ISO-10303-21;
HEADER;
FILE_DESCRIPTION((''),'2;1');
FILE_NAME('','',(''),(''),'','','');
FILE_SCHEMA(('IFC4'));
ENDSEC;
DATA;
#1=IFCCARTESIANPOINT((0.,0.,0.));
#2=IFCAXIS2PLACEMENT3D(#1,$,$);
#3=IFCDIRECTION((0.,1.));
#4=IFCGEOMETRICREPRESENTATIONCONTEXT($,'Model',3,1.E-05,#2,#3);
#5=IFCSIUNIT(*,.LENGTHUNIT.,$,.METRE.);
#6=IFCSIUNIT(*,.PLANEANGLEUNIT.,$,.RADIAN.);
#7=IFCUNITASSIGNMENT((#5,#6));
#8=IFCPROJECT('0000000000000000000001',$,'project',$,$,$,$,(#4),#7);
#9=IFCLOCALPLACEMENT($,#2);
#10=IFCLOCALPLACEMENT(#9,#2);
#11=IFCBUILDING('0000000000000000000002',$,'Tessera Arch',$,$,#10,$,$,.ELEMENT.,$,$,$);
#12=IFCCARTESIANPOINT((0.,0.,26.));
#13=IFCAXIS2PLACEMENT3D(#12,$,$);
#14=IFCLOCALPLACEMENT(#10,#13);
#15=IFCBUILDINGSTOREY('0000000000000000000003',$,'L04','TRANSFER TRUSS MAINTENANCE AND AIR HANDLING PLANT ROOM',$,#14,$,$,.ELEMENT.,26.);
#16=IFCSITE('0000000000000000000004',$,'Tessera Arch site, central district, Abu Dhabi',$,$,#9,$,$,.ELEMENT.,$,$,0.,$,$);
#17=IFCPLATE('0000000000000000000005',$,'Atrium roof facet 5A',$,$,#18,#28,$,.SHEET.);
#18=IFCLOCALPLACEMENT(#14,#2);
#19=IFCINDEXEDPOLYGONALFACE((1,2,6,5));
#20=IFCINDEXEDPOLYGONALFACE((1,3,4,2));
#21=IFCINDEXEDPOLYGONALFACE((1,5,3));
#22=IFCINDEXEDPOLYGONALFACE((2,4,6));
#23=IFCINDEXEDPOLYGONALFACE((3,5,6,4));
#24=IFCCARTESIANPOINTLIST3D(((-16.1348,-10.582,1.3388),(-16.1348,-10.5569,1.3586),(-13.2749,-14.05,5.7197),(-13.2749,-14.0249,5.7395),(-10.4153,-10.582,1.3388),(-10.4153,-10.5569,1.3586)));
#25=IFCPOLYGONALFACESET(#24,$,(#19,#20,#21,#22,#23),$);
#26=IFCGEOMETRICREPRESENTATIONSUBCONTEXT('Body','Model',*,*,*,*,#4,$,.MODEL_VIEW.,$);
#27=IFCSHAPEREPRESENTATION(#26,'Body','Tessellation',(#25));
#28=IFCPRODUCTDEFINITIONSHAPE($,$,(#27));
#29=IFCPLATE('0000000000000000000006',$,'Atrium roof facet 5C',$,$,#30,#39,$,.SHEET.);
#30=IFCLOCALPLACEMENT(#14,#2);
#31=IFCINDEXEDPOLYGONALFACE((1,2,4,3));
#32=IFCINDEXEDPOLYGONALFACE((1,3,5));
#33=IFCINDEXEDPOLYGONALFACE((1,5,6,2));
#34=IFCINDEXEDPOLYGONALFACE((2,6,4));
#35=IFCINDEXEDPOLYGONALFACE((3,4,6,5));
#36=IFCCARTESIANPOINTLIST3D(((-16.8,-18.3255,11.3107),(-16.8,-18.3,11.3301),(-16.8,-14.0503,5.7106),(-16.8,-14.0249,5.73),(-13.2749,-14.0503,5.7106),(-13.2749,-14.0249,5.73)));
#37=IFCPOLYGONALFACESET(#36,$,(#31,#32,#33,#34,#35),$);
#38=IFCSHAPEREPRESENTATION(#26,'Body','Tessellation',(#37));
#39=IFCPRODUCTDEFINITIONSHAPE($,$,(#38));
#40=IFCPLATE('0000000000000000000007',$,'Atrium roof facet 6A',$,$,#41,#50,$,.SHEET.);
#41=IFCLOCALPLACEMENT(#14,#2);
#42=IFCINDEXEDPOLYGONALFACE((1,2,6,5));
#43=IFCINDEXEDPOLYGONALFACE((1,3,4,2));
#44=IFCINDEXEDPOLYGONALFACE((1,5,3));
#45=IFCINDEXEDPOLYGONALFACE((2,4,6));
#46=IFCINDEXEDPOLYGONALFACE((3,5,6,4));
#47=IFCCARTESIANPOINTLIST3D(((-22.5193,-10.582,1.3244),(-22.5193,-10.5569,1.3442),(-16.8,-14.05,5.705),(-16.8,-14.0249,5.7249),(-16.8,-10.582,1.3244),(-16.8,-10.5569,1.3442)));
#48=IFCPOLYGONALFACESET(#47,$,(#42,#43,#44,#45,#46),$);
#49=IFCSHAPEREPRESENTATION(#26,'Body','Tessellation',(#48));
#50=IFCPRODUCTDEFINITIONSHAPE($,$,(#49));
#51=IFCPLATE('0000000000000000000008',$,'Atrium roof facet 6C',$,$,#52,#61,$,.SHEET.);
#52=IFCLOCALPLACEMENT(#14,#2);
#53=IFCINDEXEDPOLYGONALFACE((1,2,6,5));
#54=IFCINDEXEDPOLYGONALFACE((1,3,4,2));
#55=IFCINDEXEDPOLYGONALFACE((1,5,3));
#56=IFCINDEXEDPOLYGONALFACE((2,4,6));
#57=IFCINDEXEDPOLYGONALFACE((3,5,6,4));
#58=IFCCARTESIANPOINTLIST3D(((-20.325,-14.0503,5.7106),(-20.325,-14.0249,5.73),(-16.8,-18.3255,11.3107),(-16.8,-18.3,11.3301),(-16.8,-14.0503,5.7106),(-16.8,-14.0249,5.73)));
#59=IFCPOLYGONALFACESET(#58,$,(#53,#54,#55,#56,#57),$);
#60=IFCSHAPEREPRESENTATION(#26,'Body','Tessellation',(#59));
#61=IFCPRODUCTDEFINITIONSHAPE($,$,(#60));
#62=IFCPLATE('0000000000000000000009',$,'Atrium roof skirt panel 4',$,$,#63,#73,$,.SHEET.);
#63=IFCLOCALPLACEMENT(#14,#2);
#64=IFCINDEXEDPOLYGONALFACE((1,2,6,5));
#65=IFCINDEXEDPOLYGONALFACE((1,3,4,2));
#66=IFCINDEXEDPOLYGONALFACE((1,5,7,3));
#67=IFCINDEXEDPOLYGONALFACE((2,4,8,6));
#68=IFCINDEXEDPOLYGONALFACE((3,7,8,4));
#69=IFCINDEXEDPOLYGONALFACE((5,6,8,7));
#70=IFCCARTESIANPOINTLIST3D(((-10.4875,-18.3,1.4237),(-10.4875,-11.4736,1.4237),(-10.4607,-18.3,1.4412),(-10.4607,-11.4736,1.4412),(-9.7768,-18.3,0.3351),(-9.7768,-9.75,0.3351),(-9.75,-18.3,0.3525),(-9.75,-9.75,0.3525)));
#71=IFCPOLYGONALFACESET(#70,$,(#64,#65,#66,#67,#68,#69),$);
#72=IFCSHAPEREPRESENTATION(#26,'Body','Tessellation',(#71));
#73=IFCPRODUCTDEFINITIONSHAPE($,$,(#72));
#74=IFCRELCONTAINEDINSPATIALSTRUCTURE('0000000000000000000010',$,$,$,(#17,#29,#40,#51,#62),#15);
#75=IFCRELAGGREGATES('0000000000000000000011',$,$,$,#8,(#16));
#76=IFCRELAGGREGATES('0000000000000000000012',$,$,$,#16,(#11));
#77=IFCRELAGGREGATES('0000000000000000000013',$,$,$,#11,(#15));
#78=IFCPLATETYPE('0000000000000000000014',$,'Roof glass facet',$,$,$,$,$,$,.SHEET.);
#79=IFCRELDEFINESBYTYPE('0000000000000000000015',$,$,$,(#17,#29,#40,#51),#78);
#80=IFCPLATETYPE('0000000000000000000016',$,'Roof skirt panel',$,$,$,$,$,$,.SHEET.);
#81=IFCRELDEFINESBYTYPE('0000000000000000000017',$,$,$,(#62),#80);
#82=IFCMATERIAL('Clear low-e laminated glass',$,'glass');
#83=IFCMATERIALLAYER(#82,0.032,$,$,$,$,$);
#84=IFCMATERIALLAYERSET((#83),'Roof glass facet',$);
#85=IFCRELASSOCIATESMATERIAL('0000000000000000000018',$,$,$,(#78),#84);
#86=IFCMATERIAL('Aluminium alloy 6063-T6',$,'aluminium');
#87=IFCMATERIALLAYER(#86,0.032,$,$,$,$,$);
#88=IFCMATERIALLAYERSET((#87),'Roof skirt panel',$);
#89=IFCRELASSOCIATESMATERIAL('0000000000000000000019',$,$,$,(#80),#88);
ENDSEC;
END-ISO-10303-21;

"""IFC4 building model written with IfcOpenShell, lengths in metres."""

from ifc_helpers import new_model, si_unit, direction, frame, origin, place, context, subcontext, project, spatial, polyline, outline, extrude, material, layer, layer_set, type_object, element, save


model = new_model("IFC4")

# Units and contexts
model_context = context("Model", 3, precision=1e-05, world=origin(), true_north=direction((0.0, 1.0)))
body_context = subcontext(model_context, "Body", "Model", "MODEL_VIEW")
ifc_project = project(units=[si_unit("LENGTHUNIT", "METRE"), si_unit("PLANEANGLEUNIT", "RADIAN")], contexts=[model_context])

# Site, building, storey
site_placement = place(None, origin())
site = spatial("IfcSite", under=ifc_project, at=site_placement, Name="Tessera Arch site, central district, Abu Dhabi", CompositionType="ELEMENT", RefElevation=0.0)
building_placement = place(site_placement, origin())
building = spatial("IfcBuilding", under=site, at=building_placement, Name="Tessera Arch", CompositionType="ELEMENT")
storey_placement = place(building_placement, frame((0.0, 0.0, 26.0)))
storey = spatial("IfcBuildingStorey", under=building, at=storey_placement, Name="L04", Description="TRANSFER TRUSS MAINTENANCE AND AIR HANDLING PLANT ROOM", CompositionType="ELEMENT", Elevation=26.0)

# Plates
ifc_material_1 = material(Name="Clear low-e laminated glass", Category="glass")
ifc_layer_1 = layer(ifc_material_1, 0.032)
ifc_layer_set_1 = layer_set([ifc_layer_1], Name="Roof glass facet")
plate_type_1 = type_object("IfcPlateType", Name="Roof glass facet", PredefinedType="SHEET", material=ifc_layer_set_1)
plate_1_placement = place(storey_placement, frame((-10.4153, -10.5569, 1.3586), z_axis=(0.0, 0.78406, 0.620685), x_axis=(-1.0, 0.0, 0.0)))
element("IfcPlate", 1, at=plate_1_placement, inside=storey, type_object=plate_type_1, Name="Atrium roof facet 5A", PredefinedType="SHEET", context=body_context, shape_type="SweptSolid", body=[
    extrude(outline(polyline([(0.0, 0.0), (5.7195, 0.0), (2.8596, 5.5874), (0.0, 0.0)])), origin(), (0.0, 0.0, -1.0), 0.032),
])
plate_2_placement = place(storey_placement, frame((-13.2749, -14.0249, 5.73), z_axis=(0.0, 0.794856, 0.606798), x_axis=(-1.0, 0.0, 0.0)))
element("IfcPlate", 2, at=plate_2_placement, inside=storey, type_object=plate_type_1, Name="Atrium roof facet 5C", PredefinedType="SHEET", context=body_context, shape_type="SweptSolid", body=[
    extrude(outline(polyline([(0.0, 0.0), (3.5251, 0.0), (3.5251, 7.0454), (0.0, 0.0)])), origin(), (0.0, 0.0, -1.0), 0.032),
])
plate_3_placement = place(storey_placement, frame((-16.8, -10.5569, 1.3442), z_axis=(0.0, 0.784043, 0.620706), x_axis=(-1.0, 0.0, 0.0)))
element("IfcPlate", 3, at=plate_3_placement, inside=storey, type_object=plate_type_1, Name="Atrium roof facet 6A", PredefinedType="SHEET", context=body_context, shape_type="SweptSolid", body=[
    extrude(outline(polyline([(0.0, 0.0), (5.7192, 0.0), (0.0, 5.5872), (0.0, 0.0)])), origin(), (0.0, 0.0, -1.0), 0.032),
])
plate_4_placement = place(storey_placement, frame((-16.8, -14.0249, 5.73), z_axis=(0.0, 0.794856, 0.606798), x_axis=(-1.0, 0.0, 0.0)))
element("IfcPlate", 4, at=plate_4_placement, inside=storey, type_object=plate_type_1, Name="Atrium roof facet 6C", PredefinedType="SHEET", context=body_context, shape_type="SweptSolid", body=[
    extrude(outline(polyline([(0.0, 0.0), (3.5249, 0.0), (0.0, 7.0454), (0.0, 0.0)])), origin(), (0.0, 0.0, -1.0), 0.032),
])
ifc_material_2 = material(Name="Aluminium alloy 6063-T6", Category="aluminium")
ifc_layer_2 = layer(ifc_material_2, 0.032)
ifc_layer_set_2 = layer_set([ifc_layer_2], Name="Roof skirt panel")
plate_type_2 = type_object("IfcPlateType", Name="Roof skirt panel", PredefinedType="SHEET", material=ifc_layer_set_2)
plate_5_placement = place(storey_placement, frame((-9.75, -18.3, 0.3525), z_axis=(0.837356, 0.0, 0.546657), x_axis=(0.0, 1.0, 0.0)))
element("IfcPlate", 5, at=plate_5_placement, inside=storey, type_object=plate_type_2, Name="Atrium roof skirt panel 4", PredefinedType="SHEET", context=body_context, shape_type="SweptSolid", body=[
    extrude(outline(polyline([(0.0, 0.0), (8.55, 0.0), (6.8264, 1.3001), (0.0, 1.3001), (0.0, 0.0)])), origin(), (0.0, 0.0, -1.0), 0.032),
])

save(model, "model.ifc")
